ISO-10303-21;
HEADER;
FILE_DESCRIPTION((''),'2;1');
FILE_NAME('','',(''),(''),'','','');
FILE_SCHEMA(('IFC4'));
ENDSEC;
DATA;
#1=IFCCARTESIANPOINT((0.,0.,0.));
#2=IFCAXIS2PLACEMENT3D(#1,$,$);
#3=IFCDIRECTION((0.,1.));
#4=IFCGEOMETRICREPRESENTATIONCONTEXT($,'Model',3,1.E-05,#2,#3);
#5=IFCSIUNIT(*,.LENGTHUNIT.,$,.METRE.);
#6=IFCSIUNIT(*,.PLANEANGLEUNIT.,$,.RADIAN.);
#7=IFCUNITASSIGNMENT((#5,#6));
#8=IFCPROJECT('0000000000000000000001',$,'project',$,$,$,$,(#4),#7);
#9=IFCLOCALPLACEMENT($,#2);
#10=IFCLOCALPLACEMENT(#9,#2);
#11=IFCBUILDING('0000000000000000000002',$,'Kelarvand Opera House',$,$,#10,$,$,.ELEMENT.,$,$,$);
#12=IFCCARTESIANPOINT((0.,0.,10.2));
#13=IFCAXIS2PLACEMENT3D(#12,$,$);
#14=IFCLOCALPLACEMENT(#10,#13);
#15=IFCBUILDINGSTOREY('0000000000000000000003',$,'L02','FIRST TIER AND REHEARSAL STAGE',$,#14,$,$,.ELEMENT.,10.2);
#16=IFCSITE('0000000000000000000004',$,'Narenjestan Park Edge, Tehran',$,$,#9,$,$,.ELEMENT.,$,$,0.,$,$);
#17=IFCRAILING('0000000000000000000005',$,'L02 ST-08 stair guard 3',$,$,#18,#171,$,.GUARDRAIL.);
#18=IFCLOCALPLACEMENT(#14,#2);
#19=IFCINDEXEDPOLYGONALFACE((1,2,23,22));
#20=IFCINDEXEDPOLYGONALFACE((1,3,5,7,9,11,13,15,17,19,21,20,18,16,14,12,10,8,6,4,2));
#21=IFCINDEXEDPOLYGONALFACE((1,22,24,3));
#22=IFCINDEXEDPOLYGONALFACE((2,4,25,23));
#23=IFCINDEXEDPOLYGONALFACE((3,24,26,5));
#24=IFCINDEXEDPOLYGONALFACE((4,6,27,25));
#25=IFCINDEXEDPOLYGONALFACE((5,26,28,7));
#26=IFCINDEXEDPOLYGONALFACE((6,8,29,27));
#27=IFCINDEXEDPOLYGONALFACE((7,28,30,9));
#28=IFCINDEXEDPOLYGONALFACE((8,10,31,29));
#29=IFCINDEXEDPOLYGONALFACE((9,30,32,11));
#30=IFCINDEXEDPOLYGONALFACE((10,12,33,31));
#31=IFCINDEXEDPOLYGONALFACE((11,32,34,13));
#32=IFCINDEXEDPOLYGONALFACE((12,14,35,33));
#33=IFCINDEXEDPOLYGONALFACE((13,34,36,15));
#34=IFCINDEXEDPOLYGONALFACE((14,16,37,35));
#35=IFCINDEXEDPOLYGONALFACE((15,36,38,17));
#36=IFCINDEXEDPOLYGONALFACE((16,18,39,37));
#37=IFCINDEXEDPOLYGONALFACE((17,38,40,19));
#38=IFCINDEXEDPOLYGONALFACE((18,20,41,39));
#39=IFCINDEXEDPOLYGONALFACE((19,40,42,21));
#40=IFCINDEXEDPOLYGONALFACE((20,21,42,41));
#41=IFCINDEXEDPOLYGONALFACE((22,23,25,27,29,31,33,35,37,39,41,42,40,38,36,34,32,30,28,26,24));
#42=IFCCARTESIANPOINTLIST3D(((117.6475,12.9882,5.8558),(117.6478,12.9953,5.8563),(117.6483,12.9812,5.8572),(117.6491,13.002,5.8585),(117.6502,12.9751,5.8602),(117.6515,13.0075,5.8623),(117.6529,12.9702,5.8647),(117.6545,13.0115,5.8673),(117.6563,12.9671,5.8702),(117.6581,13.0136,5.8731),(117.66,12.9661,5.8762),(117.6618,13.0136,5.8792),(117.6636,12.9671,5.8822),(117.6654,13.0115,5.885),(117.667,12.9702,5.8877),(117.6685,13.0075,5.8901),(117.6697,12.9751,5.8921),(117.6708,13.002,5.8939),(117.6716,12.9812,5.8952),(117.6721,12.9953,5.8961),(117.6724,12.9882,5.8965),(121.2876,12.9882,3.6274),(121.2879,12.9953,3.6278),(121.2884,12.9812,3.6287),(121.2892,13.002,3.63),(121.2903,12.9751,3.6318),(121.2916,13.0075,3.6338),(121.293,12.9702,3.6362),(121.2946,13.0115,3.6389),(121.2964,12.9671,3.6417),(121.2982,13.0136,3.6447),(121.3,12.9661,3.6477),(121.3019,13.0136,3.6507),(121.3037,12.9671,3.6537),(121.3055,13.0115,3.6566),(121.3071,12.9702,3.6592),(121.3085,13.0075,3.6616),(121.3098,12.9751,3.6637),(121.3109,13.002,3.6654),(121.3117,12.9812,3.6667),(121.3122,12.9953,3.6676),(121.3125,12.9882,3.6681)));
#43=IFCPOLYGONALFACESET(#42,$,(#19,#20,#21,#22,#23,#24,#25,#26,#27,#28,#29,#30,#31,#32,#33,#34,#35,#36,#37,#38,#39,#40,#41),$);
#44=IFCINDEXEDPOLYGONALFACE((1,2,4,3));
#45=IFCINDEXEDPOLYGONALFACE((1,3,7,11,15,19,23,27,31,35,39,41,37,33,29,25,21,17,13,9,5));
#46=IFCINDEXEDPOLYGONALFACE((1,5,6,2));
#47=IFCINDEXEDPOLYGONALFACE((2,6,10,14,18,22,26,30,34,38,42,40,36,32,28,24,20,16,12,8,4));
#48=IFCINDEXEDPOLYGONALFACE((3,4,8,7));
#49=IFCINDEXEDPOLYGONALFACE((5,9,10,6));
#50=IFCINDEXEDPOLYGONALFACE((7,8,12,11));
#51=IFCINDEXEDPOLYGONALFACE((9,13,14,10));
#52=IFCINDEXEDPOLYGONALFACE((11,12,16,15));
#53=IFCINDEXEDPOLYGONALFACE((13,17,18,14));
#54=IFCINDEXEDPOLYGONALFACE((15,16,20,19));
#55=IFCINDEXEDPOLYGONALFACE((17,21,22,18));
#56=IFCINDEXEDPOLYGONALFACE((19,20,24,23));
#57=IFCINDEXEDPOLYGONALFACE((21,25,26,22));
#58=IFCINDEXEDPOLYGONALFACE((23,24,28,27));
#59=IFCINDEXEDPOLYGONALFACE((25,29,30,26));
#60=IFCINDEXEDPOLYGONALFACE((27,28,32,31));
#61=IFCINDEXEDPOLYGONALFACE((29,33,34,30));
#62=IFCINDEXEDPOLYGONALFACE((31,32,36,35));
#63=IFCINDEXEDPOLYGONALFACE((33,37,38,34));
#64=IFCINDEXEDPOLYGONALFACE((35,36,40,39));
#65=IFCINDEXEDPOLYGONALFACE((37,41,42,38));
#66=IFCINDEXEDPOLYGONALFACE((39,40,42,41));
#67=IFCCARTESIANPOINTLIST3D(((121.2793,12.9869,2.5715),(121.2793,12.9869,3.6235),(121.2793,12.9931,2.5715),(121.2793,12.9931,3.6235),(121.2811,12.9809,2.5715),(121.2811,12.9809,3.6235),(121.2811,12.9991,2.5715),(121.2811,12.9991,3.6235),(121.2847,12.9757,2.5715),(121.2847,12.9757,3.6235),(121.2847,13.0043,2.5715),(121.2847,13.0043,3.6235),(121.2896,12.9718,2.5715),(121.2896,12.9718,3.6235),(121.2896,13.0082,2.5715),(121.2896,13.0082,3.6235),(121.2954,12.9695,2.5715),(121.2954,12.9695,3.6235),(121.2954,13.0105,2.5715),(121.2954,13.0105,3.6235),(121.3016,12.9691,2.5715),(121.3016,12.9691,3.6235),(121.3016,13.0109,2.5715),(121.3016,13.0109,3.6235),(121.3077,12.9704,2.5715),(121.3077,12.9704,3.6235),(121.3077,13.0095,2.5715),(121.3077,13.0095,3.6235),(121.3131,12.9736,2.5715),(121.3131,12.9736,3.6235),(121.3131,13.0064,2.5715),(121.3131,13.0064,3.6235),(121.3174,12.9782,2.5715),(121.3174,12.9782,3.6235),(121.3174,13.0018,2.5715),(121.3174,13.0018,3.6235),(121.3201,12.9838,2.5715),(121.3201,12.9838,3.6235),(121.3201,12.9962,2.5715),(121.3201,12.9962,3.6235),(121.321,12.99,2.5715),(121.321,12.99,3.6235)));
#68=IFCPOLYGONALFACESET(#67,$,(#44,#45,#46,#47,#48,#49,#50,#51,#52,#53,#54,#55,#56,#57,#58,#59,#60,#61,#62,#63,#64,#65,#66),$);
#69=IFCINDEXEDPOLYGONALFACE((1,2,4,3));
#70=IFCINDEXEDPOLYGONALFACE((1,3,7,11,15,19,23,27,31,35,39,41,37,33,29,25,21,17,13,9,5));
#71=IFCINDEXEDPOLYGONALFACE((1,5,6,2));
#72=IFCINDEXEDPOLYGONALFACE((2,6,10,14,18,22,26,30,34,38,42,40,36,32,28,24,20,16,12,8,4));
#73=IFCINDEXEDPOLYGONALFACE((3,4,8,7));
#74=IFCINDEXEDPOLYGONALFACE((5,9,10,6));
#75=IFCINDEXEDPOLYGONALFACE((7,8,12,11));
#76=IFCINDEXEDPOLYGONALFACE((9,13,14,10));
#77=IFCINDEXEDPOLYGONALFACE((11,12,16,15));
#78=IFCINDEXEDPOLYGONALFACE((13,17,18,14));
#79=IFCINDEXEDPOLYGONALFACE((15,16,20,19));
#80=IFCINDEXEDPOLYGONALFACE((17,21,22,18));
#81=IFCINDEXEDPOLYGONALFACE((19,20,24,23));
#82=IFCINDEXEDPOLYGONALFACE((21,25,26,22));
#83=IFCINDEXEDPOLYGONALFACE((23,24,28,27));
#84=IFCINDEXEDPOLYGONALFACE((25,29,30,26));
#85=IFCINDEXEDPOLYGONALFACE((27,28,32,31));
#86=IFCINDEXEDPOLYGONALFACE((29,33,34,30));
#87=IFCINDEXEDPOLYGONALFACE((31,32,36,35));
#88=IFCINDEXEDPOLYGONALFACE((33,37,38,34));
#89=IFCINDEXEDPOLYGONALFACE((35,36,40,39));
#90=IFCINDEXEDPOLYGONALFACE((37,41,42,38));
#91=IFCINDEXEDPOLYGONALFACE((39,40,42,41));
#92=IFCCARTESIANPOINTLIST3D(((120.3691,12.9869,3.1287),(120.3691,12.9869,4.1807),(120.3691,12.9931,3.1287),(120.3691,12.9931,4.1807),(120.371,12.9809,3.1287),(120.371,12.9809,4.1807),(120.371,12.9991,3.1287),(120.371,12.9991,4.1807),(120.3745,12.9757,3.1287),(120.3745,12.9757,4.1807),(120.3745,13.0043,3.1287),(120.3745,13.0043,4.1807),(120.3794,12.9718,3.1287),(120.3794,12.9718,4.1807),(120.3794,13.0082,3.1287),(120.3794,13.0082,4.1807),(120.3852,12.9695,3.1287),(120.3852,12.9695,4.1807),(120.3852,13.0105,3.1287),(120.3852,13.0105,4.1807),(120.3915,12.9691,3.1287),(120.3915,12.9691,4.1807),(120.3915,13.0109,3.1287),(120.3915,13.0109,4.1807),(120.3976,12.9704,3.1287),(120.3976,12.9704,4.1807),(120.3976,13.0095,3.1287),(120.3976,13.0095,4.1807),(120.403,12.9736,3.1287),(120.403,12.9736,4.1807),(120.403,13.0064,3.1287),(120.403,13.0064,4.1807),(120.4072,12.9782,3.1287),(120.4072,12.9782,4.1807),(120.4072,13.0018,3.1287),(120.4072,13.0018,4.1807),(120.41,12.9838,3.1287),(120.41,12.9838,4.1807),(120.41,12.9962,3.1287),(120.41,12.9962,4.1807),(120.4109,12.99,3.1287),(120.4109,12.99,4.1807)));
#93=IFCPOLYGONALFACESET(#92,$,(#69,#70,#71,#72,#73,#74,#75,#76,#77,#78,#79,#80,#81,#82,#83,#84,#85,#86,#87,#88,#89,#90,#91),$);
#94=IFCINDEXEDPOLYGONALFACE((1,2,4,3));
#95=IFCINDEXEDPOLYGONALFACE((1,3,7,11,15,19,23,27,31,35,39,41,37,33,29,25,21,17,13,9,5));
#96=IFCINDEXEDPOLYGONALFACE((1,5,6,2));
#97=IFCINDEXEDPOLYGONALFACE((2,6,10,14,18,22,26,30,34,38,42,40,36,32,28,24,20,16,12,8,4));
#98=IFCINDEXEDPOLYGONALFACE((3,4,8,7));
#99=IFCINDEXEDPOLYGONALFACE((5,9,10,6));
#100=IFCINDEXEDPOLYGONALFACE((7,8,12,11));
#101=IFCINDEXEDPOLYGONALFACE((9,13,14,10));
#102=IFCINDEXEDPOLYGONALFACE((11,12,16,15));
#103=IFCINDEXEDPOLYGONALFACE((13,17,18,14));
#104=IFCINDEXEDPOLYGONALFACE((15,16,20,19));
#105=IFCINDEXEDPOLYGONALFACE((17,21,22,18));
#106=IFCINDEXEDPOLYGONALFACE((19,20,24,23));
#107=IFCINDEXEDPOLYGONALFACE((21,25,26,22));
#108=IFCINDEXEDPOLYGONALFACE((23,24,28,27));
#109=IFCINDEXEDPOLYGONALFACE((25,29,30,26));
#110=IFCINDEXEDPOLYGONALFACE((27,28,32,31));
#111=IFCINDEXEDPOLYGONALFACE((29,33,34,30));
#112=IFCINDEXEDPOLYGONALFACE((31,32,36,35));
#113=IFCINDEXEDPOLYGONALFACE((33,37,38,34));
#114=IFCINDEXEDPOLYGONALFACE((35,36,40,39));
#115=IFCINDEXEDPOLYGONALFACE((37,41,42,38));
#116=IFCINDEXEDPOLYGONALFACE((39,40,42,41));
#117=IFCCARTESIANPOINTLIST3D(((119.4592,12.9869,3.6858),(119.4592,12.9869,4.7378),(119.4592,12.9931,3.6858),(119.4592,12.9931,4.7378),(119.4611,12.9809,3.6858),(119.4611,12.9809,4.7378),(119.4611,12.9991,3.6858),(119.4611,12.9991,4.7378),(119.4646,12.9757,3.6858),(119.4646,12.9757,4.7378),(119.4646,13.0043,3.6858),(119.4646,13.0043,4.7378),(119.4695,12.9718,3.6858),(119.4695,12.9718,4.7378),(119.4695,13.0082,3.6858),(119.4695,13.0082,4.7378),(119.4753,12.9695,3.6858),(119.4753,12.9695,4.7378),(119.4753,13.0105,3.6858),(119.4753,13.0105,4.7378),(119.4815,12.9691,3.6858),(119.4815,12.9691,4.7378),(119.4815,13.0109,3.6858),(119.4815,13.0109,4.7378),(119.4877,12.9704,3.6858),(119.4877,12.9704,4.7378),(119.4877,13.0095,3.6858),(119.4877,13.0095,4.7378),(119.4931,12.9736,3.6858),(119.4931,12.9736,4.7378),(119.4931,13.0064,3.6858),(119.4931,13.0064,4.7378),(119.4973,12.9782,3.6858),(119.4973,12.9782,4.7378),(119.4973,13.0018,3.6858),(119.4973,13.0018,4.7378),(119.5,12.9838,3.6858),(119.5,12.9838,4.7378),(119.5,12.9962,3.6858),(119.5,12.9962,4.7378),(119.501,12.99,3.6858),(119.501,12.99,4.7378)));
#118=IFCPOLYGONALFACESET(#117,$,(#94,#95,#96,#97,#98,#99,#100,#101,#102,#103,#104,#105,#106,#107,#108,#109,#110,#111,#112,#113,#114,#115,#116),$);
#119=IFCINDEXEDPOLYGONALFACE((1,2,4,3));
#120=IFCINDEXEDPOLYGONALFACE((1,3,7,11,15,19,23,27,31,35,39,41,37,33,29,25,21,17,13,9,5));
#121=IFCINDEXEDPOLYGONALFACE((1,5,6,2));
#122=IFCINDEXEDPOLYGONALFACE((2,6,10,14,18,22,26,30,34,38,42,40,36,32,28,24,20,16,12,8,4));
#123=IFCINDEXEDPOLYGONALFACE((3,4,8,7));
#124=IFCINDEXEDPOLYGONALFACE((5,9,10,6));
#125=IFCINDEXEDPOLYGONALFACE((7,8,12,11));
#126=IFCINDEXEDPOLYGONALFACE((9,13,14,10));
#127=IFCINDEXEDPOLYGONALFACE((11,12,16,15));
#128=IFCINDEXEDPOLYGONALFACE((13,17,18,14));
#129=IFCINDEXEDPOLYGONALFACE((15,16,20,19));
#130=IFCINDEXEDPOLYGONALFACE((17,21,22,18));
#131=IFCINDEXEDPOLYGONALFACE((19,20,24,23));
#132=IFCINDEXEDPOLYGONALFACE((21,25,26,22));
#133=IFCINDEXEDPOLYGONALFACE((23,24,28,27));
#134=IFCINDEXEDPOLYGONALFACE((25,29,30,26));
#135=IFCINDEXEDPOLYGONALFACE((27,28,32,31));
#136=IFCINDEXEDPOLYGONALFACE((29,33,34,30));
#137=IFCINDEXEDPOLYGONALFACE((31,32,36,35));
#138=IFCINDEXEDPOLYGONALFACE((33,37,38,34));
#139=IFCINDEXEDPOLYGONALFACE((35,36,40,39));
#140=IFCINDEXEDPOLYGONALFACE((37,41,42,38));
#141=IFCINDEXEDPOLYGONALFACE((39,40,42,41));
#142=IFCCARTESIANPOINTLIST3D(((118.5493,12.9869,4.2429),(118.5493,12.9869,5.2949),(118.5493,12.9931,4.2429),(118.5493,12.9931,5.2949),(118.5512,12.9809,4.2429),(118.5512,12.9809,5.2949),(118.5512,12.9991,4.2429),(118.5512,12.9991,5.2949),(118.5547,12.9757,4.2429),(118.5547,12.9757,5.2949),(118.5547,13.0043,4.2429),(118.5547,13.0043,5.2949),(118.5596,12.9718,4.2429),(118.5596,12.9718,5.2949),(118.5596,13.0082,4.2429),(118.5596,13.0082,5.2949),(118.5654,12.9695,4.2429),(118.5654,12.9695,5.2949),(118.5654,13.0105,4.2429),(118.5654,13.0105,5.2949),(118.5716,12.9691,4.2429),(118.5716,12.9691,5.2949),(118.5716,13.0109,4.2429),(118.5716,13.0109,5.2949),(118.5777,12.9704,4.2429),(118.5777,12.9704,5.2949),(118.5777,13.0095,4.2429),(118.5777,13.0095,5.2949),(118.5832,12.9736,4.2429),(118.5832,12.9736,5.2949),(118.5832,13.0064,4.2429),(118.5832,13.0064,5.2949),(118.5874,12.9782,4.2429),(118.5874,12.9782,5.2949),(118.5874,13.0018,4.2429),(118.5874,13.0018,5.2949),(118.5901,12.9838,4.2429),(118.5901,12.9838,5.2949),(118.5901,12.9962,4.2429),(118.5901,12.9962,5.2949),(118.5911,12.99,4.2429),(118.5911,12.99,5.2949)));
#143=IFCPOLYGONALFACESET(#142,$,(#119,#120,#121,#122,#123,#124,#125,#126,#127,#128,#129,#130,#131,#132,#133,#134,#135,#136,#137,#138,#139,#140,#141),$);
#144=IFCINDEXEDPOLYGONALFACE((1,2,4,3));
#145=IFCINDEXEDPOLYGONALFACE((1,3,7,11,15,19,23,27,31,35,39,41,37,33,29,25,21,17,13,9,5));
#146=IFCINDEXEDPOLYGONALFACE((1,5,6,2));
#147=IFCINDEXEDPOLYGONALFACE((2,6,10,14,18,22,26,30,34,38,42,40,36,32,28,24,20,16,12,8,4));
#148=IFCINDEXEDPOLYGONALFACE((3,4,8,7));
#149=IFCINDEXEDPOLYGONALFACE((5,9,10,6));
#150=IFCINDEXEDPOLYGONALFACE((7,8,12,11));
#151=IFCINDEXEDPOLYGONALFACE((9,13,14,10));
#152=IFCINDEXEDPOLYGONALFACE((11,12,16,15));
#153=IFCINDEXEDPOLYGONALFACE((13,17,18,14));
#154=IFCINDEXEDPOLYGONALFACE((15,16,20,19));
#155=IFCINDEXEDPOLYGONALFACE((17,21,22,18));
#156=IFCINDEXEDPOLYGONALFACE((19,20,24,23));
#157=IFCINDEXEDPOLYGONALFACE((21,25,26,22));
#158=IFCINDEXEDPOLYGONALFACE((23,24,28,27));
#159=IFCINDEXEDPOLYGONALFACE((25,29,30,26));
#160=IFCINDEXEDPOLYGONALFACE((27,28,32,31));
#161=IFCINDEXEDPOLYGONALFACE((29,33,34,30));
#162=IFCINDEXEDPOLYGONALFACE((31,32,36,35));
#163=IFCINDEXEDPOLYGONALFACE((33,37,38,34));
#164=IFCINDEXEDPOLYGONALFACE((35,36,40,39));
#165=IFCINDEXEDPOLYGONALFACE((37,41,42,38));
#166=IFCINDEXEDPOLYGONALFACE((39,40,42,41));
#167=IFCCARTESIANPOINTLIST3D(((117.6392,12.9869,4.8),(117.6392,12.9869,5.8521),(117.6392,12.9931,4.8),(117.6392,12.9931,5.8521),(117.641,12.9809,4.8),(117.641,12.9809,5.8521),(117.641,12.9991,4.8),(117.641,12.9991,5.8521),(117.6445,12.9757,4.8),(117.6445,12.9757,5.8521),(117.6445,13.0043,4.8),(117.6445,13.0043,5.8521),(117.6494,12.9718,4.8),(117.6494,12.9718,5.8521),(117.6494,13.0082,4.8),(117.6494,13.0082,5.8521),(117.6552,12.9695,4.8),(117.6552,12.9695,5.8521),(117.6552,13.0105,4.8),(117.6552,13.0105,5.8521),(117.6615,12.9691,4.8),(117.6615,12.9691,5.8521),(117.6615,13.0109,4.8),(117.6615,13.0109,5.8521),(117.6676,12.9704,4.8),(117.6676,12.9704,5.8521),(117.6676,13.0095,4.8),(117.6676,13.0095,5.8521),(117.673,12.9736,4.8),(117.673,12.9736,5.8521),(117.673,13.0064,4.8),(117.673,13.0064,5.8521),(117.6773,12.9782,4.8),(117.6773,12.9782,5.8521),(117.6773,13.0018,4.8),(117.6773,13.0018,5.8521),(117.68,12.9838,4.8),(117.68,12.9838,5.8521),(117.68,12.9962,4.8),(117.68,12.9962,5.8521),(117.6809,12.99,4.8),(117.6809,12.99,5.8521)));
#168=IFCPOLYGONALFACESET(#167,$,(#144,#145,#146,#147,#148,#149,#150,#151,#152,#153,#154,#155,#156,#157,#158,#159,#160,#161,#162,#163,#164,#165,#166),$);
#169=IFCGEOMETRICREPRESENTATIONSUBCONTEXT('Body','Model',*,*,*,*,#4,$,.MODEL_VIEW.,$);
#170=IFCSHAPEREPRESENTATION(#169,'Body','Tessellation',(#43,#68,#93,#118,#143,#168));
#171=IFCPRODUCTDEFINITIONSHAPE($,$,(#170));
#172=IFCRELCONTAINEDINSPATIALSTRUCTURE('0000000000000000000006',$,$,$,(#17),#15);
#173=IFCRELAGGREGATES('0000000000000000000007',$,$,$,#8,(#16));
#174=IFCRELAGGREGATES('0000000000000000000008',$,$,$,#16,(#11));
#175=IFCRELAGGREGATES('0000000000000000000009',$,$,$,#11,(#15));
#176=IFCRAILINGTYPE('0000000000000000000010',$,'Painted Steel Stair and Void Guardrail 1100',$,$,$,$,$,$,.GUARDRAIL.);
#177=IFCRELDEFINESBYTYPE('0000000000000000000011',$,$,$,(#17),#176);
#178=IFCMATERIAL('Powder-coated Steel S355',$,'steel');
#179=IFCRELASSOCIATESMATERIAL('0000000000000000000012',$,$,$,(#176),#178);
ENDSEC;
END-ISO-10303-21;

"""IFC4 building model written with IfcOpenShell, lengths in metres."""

from ifc_helpers import new_model, si_unit, direction, frame, origin, origin_2d, place, context, subcontext, project, spatial, circle, extrude, material, type_object, element, save


model = new_model("IFC4")

# Units and contexts
model_context = context("Model", 3, precision=1e-05, world=origin(), true_north=direction((0.0, 1.0)))
body_context = subcontext(model_context, "Body", "Model", "MODEL_VIEW")
ifc_project = project(units=[si_unit("LENGTHUNIT", "METRE"), si_unit("PLANEANGLEUNIT", "RADIAN")], contexts=[model_context])

# Site, building, storey
site_placement = place(None, origin())
site = spatial("IfcSite", under=ifc_project, at=site_placement, Name="Narenjestan Park Edge, Tehran", CompositionType="ELEMENT", RefElevation=0.0)
building_placement = place(site_placement, origin())
building = spatial("IfcBuilding", under=site, at=building_placement, Name="Kelarvand Opera House", CompositionType="ELEMENT")
storey_placement = place(building_placement, frame((0.0, 0.0, 10.2)))
storey = spatial("IfcBuildingStorey", under=building, at=storey_placement, Name="L02", Description="FIRST TIER AND REHEARSAL STAGE", CompositionType="ELEMENT", Elevation=10.2)

# Railing
ifc_material_1 = material(Name="Powder-coated Steel S355", Category="steel")
railing_type_1 = type_object("IfcRailingType", Name="Painted Steel Stair and Void Guardrail 1100", PredefinedType="GUARDRAIL", material=ifc_material_1)
railing_1_placement = place(storey_placement, frame((121.3, 12.99, 2.5715)))
element("IfcRailing", 1, at=railing_1_placement, inside=storey, type_object=railing_type_1, Name="L02 ST-08 stair guard 3", PredefinedType="GUARDRAIL", context=body_context, shape_type="SweptSolid", body=[
    extrude(circle(Radius=0.0239, at=origin_2d()), frame((0.0, 0.0, 1.0762), z_axis=(-0.852866, 0.0, 0.52213), x_axis=(0.0, -1.0, 0.0)), (0.0, 0.0, 1.0), 4.2681),
    extrude(circle(Radius=0.021, at=origin_2d()), origin(), (0.0, 0.0, 1.0), 1.052),
    extrude(circle(Radius=0.021, at=origin_2d()), frame((-0.9102, 0.0, 0.5571)), (0.0, 0.0, 1.0), 1.052),
    extrude(circle(Radius=0.021, at=origin_2d()), frame((-1.8201, 0.0, 1.1143)), (0.0, 0.0, 1.0), 1.052),
    extrude(circle(Radius=0.021, at=origin_2d()), frame((-2.73, 0.0, 1.6714)), (0.0, 0.0, 1.0), 1.052),
    extrude(circle(Radius=0.021, at=origin_2d()), frame((-3.6401, 0.0, 2.2285)), (0.0, 0.0, 1.0), 1.052),
])

save(model, "model.ifc")
